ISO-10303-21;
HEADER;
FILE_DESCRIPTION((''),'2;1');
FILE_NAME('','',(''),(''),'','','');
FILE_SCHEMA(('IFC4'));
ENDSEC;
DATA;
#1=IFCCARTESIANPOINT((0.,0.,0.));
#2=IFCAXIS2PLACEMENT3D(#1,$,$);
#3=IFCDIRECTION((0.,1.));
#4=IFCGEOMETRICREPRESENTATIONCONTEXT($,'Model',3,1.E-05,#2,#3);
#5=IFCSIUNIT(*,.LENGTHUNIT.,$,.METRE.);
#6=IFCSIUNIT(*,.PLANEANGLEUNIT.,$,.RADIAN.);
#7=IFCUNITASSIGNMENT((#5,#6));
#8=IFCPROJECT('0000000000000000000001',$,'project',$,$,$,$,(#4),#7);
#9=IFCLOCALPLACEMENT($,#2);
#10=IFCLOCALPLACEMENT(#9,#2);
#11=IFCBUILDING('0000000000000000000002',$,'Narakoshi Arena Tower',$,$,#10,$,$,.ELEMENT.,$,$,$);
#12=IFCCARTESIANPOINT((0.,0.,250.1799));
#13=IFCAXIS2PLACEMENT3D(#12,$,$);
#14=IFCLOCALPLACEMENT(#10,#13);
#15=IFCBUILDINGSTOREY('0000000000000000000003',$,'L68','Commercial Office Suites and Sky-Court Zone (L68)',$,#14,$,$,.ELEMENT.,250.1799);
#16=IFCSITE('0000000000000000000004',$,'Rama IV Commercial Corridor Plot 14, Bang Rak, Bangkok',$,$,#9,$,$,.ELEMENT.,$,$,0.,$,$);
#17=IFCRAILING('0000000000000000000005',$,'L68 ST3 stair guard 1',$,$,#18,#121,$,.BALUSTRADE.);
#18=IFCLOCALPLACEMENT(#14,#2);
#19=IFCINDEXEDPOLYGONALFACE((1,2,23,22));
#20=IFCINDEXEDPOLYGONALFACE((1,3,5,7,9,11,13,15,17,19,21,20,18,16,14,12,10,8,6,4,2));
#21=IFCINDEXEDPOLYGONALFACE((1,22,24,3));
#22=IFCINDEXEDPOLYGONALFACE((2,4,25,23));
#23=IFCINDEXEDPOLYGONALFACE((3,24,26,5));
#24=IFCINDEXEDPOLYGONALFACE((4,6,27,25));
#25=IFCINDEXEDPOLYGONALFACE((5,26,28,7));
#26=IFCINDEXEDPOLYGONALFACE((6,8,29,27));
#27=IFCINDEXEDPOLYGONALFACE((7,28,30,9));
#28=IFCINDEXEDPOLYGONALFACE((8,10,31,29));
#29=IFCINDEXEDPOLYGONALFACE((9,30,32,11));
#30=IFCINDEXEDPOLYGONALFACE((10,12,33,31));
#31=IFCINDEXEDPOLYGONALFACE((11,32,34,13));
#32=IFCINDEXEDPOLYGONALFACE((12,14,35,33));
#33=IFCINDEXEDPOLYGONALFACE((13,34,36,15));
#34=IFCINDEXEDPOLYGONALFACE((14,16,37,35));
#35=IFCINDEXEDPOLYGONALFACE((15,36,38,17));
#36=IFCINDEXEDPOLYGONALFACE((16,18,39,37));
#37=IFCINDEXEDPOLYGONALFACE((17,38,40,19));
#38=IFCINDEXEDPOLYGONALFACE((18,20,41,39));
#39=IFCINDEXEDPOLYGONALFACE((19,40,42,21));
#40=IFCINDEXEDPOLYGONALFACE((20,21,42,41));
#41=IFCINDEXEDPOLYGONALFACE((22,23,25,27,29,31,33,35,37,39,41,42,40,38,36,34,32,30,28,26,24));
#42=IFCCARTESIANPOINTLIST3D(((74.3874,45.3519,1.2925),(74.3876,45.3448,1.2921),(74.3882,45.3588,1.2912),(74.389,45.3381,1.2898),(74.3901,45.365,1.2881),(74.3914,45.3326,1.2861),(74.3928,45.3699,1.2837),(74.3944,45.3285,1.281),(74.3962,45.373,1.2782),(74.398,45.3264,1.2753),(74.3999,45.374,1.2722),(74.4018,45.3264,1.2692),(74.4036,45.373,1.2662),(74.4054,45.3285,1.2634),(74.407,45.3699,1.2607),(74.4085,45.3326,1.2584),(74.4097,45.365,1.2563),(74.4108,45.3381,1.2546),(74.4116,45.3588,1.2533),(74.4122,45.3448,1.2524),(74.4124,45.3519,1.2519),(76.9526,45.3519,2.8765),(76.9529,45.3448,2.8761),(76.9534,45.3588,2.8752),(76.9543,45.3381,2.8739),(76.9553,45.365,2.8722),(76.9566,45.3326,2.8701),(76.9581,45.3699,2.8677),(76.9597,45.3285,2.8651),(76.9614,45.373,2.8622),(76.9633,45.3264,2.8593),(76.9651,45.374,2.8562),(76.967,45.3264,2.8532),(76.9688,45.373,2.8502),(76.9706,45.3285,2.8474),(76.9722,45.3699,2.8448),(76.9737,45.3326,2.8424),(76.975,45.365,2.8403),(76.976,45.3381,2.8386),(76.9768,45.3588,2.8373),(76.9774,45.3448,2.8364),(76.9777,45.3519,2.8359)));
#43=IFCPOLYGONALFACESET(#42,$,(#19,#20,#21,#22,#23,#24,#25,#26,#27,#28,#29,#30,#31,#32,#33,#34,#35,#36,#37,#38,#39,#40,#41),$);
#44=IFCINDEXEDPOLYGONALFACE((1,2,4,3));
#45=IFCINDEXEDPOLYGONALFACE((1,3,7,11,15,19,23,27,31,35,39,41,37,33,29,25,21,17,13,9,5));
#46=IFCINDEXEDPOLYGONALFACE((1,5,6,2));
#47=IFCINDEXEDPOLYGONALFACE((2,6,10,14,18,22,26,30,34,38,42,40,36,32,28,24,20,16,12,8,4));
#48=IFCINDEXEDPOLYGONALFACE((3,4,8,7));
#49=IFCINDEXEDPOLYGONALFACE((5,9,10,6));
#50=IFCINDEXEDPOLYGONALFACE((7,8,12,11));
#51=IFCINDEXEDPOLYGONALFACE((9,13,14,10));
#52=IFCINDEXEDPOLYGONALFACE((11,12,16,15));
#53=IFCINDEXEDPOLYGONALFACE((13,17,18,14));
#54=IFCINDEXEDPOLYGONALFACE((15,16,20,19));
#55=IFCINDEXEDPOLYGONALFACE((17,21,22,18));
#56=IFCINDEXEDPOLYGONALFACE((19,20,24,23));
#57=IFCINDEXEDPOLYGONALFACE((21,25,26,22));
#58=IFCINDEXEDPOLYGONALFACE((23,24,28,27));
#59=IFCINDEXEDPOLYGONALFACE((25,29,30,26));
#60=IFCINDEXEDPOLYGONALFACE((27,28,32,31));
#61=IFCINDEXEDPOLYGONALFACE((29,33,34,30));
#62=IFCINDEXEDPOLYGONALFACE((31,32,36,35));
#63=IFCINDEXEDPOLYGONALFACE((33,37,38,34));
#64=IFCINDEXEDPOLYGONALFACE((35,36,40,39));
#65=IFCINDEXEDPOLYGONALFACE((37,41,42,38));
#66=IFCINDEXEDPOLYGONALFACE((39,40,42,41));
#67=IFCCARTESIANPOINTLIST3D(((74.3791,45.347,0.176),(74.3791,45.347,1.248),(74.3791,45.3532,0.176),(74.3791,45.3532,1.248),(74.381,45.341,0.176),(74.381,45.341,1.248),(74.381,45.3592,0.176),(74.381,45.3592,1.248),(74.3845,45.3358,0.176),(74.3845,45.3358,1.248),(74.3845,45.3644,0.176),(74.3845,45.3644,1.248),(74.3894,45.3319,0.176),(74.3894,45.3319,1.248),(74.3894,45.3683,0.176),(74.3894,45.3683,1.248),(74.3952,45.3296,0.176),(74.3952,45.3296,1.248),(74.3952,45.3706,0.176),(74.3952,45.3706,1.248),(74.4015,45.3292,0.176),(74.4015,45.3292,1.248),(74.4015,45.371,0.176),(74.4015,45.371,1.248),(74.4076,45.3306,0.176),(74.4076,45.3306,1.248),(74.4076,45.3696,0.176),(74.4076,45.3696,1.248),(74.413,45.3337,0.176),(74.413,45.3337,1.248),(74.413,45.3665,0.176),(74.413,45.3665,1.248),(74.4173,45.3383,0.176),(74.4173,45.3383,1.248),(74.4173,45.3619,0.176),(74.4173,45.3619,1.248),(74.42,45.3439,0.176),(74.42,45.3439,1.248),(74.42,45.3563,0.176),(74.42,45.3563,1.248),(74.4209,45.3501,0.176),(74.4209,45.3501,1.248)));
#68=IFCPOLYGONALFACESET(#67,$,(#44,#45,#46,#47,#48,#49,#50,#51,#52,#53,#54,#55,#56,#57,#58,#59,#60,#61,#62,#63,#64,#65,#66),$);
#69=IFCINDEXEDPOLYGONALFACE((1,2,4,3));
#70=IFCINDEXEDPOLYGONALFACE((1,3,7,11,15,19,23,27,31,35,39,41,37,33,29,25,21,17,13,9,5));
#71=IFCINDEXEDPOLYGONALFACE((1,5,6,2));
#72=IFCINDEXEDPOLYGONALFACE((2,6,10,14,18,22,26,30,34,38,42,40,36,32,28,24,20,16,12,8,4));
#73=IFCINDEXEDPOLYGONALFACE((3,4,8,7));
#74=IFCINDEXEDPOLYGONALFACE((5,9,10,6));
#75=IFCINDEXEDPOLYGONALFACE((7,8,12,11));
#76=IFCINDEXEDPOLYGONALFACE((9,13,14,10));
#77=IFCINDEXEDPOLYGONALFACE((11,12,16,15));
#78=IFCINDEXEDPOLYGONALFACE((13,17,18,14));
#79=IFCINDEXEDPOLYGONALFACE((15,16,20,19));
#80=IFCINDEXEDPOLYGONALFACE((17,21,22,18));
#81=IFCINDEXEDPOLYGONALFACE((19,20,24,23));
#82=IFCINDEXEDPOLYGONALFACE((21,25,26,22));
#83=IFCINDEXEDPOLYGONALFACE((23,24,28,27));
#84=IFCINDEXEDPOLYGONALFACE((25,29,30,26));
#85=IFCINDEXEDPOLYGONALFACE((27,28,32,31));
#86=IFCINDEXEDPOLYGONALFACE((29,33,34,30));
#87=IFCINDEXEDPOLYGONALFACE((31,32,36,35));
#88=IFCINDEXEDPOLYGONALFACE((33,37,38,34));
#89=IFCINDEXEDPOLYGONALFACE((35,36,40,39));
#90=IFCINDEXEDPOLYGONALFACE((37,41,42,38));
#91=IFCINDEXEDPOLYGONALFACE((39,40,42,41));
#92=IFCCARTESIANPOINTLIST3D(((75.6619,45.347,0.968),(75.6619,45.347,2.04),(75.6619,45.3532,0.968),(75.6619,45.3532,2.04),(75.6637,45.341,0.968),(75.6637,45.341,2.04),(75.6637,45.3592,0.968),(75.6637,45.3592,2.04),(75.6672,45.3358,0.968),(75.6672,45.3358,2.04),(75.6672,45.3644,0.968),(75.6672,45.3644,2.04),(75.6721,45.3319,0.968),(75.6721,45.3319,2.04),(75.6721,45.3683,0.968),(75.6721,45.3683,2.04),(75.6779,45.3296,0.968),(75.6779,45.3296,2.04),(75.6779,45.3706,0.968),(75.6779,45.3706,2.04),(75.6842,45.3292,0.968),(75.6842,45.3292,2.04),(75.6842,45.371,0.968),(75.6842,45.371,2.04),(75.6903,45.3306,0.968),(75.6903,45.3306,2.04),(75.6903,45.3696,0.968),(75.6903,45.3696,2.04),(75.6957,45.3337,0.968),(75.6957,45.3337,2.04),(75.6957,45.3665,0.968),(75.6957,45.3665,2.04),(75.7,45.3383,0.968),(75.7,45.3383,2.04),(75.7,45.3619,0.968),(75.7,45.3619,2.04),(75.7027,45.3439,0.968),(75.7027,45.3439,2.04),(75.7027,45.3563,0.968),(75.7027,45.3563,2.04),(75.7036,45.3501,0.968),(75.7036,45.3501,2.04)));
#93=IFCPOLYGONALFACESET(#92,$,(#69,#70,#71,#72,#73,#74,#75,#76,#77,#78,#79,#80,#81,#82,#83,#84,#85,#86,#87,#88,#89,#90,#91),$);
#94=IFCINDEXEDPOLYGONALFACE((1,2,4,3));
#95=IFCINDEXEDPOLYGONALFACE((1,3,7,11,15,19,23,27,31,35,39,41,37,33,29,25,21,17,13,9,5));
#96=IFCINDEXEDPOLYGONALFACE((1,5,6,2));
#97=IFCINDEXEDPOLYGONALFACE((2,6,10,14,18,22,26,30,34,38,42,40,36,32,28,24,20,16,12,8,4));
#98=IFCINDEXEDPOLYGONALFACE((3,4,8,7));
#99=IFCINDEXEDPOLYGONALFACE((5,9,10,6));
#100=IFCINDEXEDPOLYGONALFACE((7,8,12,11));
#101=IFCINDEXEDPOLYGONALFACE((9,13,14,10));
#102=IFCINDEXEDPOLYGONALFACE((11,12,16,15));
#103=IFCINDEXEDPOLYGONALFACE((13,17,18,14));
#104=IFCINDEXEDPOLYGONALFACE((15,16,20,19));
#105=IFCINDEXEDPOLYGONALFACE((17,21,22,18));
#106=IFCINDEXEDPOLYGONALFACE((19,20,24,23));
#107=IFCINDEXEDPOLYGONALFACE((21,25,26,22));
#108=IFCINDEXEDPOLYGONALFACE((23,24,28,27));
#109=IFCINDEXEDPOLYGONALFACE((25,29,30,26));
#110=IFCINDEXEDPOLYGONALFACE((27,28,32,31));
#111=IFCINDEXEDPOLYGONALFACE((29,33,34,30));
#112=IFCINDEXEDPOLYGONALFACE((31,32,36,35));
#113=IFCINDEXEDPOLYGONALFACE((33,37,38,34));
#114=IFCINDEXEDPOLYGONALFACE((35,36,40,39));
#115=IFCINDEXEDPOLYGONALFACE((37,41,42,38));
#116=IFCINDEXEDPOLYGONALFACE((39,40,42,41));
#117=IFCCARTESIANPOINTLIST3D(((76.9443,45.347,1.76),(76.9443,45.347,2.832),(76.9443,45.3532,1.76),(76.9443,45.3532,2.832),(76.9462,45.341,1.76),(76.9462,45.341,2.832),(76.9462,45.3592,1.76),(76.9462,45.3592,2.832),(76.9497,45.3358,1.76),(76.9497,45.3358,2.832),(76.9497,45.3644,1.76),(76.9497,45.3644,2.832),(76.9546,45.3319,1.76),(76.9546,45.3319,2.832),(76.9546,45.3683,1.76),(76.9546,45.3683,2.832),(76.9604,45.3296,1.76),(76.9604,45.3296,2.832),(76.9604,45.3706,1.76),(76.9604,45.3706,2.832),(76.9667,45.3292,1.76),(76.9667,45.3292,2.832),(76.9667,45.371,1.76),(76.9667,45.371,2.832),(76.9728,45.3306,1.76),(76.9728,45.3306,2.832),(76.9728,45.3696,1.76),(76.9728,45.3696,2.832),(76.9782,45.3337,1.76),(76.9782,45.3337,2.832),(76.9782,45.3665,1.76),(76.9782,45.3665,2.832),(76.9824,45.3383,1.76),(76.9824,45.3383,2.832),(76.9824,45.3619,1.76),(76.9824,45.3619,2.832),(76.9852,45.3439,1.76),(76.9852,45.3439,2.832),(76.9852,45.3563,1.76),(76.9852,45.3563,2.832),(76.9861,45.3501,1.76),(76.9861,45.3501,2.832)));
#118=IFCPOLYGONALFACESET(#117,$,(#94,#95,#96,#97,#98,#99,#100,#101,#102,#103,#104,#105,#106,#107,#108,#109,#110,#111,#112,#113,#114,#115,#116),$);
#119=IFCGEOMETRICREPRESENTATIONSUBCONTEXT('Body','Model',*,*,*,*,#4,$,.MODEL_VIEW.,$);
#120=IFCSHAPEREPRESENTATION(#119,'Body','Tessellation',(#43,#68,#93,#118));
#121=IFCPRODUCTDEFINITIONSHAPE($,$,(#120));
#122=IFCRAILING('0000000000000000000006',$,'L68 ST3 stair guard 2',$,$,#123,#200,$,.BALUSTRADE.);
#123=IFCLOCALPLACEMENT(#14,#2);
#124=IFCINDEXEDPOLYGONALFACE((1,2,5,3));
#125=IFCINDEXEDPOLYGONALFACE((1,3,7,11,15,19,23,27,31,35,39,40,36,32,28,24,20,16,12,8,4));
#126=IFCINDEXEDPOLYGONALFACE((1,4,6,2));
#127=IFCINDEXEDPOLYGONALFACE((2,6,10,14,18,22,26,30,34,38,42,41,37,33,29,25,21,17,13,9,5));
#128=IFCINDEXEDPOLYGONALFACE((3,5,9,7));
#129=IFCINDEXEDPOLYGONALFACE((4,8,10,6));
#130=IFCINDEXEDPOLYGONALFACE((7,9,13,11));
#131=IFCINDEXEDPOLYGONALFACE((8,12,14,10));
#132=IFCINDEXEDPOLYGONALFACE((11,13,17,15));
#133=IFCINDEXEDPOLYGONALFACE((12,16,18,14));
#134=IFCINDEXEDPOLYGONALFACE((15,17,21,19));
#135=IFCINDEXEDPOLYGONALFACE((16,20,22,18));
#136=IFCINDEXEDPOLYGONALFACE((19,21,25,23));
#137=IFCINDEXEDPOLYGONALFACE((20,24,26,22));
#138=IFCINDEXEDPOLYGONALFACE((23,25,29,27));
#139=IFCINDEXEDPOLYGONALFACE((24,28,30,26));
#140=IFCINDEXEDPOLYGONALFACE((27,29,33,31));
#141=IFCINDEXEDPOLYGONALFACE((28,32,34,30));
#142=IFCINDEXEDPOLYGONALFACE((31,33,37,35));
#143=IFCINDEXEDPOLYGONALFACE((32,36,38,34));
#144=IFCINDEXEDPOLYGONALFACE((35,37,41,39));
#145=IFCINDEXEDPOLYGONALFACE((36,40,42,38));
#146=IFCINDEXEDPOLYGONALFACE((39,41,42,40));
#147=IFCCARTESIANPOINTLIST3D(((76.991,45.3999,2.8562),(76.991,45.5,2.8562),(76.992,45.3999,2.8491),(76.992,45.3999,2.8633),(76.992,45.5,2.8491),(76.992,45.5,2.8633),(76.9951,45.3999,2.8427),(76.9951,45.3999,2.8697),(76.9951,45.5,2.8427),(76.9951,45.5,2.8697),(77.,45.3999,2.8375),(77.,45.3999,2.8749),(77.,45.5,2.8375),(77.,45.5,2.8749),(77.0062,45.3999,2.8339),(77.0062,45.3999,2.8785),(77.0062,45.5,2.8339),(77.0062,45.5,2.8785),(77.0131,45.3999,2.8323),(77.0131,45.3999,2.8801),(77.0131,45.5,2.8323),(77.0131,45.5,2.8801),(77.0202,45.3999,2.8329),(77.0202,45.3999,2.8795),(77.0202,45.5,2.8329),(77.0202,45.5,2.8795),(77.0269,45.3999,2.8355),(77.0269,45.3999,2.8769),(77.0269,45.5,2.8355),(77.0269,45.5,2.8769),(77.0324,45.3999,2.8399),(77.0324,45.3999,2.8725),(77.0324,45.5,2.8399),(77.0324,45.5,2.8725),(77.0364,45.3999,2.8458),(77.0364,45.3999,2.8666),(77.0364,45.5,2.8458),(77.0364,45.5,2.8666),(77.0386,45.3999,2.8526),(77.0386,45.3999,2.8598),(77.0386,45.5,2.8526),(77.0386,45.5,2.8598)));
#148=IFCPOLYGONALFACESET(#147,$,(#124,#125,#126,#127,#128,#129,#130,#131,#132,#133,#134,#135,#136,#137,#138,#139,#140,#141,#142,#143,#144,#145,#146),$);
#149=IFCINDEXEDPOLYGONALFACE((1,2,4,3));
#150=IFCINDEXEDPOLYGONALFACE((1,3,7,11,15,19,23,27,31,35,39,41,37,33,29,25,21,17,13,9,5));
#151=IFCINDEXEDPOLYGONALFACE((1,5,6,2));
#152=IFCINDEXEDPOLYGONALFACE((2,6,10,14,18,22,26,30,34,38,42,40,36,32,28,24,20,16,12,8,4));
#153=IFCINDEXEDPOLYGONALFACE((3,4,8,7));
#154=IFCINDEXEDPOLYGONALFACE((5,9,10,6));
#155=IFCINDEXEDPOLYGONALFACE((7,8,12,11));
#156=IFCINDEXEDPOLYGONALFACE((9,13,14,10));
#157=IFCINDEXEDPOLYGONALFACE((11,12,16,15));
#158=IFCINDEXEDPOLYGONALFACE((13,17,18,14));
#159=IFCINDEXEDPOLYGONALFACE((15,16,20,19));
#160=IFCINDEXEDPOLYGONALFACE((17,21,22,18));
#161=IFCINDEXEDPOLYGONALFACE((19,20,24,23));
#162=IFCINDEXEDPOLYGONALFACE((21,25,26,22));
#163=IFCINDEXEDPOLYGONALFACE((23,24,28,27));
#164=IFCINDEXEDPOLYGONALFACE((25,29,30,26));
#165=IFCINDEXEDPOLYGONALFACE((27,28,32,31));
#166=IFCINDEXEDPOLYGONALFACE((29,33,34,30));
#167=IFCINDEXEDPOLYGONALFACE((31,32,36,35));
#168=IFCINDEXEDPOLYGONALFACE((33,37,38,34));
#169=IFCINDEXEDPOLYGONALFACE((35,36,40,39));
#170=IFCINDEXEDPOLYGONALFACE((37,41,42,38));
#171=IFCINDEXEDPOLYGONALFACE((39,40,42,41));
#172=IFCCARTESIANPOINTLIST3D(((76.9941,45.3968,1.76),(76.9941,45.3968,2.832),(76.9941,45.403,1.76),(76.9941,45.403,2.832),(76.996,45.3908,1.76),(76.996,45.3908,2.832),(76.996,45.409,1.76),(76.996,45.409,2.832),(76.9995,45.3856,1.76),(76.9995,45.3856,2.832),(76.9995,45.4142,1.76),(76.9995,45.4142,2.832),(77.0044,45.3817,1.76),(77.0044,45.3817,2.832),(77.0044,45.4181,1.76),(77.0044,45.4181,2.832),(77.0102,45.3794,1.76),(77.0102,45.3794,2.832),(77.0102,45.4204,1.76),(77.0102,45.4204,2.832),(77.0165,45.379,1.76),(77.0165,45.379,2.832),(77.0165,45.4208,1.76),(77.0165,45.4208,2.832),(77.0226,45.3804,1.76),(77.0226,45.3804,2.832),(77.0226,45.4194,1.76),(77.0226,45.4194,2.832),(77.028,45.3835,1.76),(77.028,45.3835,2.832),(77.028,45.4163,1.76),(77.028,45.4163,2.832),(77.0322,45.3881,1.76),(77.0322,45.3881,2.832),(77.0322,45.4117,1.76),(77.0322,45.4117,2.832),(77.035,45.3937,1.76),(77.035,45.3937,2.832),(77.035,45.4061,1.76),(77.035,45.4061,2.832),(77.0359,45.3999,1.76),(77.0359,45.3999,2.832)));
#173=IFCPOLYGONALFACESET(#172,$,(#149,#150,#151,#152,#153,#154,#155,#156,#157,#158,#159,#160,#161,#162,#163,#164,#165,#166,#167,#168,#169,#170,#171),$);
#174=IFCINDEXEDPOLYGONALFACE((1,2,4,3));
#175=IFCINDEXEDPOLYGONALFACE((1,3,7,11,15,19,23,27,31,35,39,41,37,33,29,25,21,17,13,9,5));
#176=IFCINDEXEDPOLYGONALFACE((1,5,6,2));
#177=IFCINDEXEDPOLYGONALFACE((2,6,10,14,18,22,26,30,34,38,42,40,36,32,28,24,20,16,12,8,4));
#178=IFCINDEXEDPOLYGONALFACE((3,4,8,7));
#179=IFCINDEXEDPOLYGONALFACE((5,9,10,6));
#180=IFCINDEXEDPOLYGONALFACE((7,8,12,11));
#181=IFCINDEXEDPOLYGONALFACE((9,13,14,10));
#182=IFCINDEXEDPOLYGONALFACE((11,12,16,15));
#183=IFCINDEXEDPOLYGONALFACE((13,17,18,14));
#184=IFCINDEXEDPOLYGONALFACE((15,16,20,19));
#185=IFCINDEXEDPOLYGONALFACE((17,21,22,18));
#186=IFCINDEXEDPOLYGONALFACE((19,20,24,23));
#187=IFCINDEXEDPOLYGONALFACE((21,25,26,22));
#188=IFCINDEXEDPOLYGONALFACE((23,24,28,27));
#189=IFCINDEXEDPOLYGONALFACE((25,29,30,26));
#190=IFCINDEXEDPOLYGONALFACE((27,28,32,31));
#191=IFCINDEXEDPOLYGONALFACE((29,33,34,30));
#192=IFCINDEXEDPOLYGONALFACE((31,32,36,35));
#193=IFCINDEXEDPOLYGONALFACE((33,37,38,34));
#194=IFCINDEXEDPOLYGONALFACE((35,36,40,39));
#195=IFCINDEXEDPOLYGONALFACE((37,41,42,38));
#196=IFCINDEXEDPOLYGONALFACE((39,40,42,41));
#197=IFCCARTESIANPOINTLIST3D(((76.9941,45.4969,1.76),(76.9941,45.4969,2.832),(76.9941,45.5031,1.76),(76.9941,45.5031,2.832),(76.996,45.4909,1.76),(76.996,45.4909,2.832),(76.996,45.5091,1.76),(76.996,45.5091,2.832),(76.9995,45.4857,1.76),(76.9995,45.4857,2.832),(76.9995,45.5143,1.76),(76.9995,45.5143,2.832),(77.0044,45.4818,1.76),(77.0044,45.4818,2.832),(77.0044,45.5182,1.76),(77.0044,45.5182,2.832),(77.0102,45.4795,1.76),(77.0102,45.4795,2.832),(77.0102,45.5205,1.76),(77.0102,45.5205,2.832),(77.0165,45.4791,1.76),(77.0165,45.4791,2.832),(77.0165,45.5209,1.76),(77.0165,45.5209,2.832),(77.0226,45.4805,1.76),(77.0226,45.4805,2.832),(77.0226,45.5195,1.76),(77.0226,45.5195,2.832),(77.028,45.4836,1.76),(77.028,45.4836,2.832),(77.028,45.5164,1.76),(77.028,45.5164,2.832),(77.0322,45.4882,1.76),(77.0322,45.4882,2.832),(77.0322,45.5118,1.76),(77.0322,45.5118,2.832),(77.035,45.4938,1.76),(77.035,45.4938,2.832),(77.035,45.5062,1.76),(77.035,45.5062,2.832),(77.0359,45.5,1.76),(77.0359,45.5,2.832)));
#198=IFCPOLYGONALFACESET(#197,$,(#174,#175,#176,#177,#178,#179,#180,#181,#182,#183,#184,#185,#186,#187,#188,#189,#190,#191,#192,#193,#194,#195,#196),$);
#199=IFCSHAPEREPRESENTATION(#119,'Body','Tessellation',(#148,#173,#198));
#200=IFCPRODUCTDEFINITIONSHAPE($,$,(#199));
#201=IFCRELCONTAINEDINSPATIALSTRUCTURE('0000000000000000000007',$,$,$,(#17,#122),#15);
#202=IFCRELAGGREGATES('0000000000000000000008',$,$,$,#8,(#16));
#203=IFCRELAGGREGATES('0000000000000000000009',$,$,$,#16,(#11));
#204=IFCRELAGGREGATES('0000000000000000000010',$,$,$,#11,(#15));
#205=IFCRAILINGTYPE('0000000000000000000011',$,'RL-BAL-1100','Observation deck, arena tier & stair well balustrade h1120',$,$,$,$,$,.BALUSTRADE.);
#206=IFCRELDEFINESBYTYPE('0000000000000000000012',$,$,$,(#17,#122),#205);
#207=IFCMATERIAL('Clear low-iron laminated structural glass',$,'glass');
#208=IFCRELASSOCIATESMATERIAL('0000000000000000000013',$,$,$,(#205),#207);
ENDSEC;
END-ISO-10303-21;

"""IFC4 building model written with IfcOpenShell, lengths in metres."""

from ifc_helpers import new_model, si_unit, direction, frame, origin, origin_2d, place, context, subcontext, project, spatial, circle, extrude, material, type_object, element, save


model = new_model("IFC4")

# Units and contexts
model_context = context("Model", 3, precision=1e-05, world=origin(), true_north=direction((0.0, 1.0)))
body_context = subcontext(model_context, "Body", "Model", "MODEL_VIEW")
ifc_project = project(units=[si_unit("LENGTHUNIT", "METRE"), si_unit("PLANEANGLEUNIT", "RADIAN")], contexts=[model_context])

# Site, building, storey
site_placement = place(None, origin())
site = spatial("IfcSite", under=ifc_project, at=site_placement, Name="Rama IV Commercial Corridor Plot 14, Bang Rak, Bangkok", CompositionType="ELEMENT", RefElevation=0.0)
building_placement = place(site_placement, origin())
building = spatial("IfcBuilding", under=site, at=building_placement, Name="Narakoshi Arena Tower", CompositionType="ELEMENT")
storey_placement = place(building_placement, frame((0.0, 0.0, 250.1799)))
storey = spatial("IfcBuildingStorey", under=building, at=storey_placement, Name="L68", Description="Commercial Office Suites and Sky-Court Zone (L68)", CompositionType="ELEMENT", Elevation=250.1799)

# Railings
ifc_material_1 = material(Name="Clear low-iron laminated structural glass", Category="glass")
railing_type_1 = type_object("IfcRailingType", Name="RL-BAL-1100", Description="Observation deck, arena tier & stair well balustrade h1120", PredefinedType="BALUSTRADE", material=ifc_material_1)
railing_1_placement = place(storey_placement, frame((74.3999, 45.3501, 0.176)))
element("IfcRailing", 1, at=railing_1_placement, inside=storey, type_object=railing_type_1, Name="L68 ST3 stair guard 1", PredefinedType="BALUSTRADE", context=body_context, shape_type="SweptSolid", body=[
    extrude(circle(Radius=0.0239, at=origin_2d()), frame((0.0, 0.0, 1.0962), z_axis=(0.850857, 0.0, 0.525398), x_axis=(0.0, 1.0, 0.0)), (0.0, 0.0, 1.0), 3.0149),
    extrude(circle(Radius=0.021, at=origin_2d()), origin(), (0.0, 0.0, 1.0), 1.072),
    extrude(circle(Radius=0.021, at=origin_2d()), frame((1.2827, 0.0, 0.792)), (0.0, 0.0, 1.0), 1.072),
    extrude(circle(Radius=0.021, at=origin_2d()), frame((2.5652, 0.0, 1.584)), (0.0, 0.0, 1.0), 1.072),
])
railing_2_placement = place(storey_placement, frame((77.0149, 45.3999, 1.76)))
element("IfcRailing", 2, at=railing_2_placement, inside=storey, type_object=railing_type_1, Name="L68 ST3 stair guard 2", PredefinedType="BALUSTRADE", context=body_context, shape_type="SweptSolid", body=[
    extrude(circle(Radius=0.0239, at=origin_2d()), frame((0.0, 0.0, 1.0962), z_axis=(0.0, 1.0, 0.0), x_axis=(-1.0, 0.0, 0.0)), (0.0, 0.0, 1.0), 0.1001),
    extrude(circle(Radius=0.021, at=origin_2d()), origin(), (0.0, 0.0, 1.0), 1.072),
    extrude(circle(Radius=0.021, at=origin_2d()), frame((0.0, 0.1001, 0.0)), (0.0, 0.0, 1.0), 1.072),
])

save(model, "model.ifc")
